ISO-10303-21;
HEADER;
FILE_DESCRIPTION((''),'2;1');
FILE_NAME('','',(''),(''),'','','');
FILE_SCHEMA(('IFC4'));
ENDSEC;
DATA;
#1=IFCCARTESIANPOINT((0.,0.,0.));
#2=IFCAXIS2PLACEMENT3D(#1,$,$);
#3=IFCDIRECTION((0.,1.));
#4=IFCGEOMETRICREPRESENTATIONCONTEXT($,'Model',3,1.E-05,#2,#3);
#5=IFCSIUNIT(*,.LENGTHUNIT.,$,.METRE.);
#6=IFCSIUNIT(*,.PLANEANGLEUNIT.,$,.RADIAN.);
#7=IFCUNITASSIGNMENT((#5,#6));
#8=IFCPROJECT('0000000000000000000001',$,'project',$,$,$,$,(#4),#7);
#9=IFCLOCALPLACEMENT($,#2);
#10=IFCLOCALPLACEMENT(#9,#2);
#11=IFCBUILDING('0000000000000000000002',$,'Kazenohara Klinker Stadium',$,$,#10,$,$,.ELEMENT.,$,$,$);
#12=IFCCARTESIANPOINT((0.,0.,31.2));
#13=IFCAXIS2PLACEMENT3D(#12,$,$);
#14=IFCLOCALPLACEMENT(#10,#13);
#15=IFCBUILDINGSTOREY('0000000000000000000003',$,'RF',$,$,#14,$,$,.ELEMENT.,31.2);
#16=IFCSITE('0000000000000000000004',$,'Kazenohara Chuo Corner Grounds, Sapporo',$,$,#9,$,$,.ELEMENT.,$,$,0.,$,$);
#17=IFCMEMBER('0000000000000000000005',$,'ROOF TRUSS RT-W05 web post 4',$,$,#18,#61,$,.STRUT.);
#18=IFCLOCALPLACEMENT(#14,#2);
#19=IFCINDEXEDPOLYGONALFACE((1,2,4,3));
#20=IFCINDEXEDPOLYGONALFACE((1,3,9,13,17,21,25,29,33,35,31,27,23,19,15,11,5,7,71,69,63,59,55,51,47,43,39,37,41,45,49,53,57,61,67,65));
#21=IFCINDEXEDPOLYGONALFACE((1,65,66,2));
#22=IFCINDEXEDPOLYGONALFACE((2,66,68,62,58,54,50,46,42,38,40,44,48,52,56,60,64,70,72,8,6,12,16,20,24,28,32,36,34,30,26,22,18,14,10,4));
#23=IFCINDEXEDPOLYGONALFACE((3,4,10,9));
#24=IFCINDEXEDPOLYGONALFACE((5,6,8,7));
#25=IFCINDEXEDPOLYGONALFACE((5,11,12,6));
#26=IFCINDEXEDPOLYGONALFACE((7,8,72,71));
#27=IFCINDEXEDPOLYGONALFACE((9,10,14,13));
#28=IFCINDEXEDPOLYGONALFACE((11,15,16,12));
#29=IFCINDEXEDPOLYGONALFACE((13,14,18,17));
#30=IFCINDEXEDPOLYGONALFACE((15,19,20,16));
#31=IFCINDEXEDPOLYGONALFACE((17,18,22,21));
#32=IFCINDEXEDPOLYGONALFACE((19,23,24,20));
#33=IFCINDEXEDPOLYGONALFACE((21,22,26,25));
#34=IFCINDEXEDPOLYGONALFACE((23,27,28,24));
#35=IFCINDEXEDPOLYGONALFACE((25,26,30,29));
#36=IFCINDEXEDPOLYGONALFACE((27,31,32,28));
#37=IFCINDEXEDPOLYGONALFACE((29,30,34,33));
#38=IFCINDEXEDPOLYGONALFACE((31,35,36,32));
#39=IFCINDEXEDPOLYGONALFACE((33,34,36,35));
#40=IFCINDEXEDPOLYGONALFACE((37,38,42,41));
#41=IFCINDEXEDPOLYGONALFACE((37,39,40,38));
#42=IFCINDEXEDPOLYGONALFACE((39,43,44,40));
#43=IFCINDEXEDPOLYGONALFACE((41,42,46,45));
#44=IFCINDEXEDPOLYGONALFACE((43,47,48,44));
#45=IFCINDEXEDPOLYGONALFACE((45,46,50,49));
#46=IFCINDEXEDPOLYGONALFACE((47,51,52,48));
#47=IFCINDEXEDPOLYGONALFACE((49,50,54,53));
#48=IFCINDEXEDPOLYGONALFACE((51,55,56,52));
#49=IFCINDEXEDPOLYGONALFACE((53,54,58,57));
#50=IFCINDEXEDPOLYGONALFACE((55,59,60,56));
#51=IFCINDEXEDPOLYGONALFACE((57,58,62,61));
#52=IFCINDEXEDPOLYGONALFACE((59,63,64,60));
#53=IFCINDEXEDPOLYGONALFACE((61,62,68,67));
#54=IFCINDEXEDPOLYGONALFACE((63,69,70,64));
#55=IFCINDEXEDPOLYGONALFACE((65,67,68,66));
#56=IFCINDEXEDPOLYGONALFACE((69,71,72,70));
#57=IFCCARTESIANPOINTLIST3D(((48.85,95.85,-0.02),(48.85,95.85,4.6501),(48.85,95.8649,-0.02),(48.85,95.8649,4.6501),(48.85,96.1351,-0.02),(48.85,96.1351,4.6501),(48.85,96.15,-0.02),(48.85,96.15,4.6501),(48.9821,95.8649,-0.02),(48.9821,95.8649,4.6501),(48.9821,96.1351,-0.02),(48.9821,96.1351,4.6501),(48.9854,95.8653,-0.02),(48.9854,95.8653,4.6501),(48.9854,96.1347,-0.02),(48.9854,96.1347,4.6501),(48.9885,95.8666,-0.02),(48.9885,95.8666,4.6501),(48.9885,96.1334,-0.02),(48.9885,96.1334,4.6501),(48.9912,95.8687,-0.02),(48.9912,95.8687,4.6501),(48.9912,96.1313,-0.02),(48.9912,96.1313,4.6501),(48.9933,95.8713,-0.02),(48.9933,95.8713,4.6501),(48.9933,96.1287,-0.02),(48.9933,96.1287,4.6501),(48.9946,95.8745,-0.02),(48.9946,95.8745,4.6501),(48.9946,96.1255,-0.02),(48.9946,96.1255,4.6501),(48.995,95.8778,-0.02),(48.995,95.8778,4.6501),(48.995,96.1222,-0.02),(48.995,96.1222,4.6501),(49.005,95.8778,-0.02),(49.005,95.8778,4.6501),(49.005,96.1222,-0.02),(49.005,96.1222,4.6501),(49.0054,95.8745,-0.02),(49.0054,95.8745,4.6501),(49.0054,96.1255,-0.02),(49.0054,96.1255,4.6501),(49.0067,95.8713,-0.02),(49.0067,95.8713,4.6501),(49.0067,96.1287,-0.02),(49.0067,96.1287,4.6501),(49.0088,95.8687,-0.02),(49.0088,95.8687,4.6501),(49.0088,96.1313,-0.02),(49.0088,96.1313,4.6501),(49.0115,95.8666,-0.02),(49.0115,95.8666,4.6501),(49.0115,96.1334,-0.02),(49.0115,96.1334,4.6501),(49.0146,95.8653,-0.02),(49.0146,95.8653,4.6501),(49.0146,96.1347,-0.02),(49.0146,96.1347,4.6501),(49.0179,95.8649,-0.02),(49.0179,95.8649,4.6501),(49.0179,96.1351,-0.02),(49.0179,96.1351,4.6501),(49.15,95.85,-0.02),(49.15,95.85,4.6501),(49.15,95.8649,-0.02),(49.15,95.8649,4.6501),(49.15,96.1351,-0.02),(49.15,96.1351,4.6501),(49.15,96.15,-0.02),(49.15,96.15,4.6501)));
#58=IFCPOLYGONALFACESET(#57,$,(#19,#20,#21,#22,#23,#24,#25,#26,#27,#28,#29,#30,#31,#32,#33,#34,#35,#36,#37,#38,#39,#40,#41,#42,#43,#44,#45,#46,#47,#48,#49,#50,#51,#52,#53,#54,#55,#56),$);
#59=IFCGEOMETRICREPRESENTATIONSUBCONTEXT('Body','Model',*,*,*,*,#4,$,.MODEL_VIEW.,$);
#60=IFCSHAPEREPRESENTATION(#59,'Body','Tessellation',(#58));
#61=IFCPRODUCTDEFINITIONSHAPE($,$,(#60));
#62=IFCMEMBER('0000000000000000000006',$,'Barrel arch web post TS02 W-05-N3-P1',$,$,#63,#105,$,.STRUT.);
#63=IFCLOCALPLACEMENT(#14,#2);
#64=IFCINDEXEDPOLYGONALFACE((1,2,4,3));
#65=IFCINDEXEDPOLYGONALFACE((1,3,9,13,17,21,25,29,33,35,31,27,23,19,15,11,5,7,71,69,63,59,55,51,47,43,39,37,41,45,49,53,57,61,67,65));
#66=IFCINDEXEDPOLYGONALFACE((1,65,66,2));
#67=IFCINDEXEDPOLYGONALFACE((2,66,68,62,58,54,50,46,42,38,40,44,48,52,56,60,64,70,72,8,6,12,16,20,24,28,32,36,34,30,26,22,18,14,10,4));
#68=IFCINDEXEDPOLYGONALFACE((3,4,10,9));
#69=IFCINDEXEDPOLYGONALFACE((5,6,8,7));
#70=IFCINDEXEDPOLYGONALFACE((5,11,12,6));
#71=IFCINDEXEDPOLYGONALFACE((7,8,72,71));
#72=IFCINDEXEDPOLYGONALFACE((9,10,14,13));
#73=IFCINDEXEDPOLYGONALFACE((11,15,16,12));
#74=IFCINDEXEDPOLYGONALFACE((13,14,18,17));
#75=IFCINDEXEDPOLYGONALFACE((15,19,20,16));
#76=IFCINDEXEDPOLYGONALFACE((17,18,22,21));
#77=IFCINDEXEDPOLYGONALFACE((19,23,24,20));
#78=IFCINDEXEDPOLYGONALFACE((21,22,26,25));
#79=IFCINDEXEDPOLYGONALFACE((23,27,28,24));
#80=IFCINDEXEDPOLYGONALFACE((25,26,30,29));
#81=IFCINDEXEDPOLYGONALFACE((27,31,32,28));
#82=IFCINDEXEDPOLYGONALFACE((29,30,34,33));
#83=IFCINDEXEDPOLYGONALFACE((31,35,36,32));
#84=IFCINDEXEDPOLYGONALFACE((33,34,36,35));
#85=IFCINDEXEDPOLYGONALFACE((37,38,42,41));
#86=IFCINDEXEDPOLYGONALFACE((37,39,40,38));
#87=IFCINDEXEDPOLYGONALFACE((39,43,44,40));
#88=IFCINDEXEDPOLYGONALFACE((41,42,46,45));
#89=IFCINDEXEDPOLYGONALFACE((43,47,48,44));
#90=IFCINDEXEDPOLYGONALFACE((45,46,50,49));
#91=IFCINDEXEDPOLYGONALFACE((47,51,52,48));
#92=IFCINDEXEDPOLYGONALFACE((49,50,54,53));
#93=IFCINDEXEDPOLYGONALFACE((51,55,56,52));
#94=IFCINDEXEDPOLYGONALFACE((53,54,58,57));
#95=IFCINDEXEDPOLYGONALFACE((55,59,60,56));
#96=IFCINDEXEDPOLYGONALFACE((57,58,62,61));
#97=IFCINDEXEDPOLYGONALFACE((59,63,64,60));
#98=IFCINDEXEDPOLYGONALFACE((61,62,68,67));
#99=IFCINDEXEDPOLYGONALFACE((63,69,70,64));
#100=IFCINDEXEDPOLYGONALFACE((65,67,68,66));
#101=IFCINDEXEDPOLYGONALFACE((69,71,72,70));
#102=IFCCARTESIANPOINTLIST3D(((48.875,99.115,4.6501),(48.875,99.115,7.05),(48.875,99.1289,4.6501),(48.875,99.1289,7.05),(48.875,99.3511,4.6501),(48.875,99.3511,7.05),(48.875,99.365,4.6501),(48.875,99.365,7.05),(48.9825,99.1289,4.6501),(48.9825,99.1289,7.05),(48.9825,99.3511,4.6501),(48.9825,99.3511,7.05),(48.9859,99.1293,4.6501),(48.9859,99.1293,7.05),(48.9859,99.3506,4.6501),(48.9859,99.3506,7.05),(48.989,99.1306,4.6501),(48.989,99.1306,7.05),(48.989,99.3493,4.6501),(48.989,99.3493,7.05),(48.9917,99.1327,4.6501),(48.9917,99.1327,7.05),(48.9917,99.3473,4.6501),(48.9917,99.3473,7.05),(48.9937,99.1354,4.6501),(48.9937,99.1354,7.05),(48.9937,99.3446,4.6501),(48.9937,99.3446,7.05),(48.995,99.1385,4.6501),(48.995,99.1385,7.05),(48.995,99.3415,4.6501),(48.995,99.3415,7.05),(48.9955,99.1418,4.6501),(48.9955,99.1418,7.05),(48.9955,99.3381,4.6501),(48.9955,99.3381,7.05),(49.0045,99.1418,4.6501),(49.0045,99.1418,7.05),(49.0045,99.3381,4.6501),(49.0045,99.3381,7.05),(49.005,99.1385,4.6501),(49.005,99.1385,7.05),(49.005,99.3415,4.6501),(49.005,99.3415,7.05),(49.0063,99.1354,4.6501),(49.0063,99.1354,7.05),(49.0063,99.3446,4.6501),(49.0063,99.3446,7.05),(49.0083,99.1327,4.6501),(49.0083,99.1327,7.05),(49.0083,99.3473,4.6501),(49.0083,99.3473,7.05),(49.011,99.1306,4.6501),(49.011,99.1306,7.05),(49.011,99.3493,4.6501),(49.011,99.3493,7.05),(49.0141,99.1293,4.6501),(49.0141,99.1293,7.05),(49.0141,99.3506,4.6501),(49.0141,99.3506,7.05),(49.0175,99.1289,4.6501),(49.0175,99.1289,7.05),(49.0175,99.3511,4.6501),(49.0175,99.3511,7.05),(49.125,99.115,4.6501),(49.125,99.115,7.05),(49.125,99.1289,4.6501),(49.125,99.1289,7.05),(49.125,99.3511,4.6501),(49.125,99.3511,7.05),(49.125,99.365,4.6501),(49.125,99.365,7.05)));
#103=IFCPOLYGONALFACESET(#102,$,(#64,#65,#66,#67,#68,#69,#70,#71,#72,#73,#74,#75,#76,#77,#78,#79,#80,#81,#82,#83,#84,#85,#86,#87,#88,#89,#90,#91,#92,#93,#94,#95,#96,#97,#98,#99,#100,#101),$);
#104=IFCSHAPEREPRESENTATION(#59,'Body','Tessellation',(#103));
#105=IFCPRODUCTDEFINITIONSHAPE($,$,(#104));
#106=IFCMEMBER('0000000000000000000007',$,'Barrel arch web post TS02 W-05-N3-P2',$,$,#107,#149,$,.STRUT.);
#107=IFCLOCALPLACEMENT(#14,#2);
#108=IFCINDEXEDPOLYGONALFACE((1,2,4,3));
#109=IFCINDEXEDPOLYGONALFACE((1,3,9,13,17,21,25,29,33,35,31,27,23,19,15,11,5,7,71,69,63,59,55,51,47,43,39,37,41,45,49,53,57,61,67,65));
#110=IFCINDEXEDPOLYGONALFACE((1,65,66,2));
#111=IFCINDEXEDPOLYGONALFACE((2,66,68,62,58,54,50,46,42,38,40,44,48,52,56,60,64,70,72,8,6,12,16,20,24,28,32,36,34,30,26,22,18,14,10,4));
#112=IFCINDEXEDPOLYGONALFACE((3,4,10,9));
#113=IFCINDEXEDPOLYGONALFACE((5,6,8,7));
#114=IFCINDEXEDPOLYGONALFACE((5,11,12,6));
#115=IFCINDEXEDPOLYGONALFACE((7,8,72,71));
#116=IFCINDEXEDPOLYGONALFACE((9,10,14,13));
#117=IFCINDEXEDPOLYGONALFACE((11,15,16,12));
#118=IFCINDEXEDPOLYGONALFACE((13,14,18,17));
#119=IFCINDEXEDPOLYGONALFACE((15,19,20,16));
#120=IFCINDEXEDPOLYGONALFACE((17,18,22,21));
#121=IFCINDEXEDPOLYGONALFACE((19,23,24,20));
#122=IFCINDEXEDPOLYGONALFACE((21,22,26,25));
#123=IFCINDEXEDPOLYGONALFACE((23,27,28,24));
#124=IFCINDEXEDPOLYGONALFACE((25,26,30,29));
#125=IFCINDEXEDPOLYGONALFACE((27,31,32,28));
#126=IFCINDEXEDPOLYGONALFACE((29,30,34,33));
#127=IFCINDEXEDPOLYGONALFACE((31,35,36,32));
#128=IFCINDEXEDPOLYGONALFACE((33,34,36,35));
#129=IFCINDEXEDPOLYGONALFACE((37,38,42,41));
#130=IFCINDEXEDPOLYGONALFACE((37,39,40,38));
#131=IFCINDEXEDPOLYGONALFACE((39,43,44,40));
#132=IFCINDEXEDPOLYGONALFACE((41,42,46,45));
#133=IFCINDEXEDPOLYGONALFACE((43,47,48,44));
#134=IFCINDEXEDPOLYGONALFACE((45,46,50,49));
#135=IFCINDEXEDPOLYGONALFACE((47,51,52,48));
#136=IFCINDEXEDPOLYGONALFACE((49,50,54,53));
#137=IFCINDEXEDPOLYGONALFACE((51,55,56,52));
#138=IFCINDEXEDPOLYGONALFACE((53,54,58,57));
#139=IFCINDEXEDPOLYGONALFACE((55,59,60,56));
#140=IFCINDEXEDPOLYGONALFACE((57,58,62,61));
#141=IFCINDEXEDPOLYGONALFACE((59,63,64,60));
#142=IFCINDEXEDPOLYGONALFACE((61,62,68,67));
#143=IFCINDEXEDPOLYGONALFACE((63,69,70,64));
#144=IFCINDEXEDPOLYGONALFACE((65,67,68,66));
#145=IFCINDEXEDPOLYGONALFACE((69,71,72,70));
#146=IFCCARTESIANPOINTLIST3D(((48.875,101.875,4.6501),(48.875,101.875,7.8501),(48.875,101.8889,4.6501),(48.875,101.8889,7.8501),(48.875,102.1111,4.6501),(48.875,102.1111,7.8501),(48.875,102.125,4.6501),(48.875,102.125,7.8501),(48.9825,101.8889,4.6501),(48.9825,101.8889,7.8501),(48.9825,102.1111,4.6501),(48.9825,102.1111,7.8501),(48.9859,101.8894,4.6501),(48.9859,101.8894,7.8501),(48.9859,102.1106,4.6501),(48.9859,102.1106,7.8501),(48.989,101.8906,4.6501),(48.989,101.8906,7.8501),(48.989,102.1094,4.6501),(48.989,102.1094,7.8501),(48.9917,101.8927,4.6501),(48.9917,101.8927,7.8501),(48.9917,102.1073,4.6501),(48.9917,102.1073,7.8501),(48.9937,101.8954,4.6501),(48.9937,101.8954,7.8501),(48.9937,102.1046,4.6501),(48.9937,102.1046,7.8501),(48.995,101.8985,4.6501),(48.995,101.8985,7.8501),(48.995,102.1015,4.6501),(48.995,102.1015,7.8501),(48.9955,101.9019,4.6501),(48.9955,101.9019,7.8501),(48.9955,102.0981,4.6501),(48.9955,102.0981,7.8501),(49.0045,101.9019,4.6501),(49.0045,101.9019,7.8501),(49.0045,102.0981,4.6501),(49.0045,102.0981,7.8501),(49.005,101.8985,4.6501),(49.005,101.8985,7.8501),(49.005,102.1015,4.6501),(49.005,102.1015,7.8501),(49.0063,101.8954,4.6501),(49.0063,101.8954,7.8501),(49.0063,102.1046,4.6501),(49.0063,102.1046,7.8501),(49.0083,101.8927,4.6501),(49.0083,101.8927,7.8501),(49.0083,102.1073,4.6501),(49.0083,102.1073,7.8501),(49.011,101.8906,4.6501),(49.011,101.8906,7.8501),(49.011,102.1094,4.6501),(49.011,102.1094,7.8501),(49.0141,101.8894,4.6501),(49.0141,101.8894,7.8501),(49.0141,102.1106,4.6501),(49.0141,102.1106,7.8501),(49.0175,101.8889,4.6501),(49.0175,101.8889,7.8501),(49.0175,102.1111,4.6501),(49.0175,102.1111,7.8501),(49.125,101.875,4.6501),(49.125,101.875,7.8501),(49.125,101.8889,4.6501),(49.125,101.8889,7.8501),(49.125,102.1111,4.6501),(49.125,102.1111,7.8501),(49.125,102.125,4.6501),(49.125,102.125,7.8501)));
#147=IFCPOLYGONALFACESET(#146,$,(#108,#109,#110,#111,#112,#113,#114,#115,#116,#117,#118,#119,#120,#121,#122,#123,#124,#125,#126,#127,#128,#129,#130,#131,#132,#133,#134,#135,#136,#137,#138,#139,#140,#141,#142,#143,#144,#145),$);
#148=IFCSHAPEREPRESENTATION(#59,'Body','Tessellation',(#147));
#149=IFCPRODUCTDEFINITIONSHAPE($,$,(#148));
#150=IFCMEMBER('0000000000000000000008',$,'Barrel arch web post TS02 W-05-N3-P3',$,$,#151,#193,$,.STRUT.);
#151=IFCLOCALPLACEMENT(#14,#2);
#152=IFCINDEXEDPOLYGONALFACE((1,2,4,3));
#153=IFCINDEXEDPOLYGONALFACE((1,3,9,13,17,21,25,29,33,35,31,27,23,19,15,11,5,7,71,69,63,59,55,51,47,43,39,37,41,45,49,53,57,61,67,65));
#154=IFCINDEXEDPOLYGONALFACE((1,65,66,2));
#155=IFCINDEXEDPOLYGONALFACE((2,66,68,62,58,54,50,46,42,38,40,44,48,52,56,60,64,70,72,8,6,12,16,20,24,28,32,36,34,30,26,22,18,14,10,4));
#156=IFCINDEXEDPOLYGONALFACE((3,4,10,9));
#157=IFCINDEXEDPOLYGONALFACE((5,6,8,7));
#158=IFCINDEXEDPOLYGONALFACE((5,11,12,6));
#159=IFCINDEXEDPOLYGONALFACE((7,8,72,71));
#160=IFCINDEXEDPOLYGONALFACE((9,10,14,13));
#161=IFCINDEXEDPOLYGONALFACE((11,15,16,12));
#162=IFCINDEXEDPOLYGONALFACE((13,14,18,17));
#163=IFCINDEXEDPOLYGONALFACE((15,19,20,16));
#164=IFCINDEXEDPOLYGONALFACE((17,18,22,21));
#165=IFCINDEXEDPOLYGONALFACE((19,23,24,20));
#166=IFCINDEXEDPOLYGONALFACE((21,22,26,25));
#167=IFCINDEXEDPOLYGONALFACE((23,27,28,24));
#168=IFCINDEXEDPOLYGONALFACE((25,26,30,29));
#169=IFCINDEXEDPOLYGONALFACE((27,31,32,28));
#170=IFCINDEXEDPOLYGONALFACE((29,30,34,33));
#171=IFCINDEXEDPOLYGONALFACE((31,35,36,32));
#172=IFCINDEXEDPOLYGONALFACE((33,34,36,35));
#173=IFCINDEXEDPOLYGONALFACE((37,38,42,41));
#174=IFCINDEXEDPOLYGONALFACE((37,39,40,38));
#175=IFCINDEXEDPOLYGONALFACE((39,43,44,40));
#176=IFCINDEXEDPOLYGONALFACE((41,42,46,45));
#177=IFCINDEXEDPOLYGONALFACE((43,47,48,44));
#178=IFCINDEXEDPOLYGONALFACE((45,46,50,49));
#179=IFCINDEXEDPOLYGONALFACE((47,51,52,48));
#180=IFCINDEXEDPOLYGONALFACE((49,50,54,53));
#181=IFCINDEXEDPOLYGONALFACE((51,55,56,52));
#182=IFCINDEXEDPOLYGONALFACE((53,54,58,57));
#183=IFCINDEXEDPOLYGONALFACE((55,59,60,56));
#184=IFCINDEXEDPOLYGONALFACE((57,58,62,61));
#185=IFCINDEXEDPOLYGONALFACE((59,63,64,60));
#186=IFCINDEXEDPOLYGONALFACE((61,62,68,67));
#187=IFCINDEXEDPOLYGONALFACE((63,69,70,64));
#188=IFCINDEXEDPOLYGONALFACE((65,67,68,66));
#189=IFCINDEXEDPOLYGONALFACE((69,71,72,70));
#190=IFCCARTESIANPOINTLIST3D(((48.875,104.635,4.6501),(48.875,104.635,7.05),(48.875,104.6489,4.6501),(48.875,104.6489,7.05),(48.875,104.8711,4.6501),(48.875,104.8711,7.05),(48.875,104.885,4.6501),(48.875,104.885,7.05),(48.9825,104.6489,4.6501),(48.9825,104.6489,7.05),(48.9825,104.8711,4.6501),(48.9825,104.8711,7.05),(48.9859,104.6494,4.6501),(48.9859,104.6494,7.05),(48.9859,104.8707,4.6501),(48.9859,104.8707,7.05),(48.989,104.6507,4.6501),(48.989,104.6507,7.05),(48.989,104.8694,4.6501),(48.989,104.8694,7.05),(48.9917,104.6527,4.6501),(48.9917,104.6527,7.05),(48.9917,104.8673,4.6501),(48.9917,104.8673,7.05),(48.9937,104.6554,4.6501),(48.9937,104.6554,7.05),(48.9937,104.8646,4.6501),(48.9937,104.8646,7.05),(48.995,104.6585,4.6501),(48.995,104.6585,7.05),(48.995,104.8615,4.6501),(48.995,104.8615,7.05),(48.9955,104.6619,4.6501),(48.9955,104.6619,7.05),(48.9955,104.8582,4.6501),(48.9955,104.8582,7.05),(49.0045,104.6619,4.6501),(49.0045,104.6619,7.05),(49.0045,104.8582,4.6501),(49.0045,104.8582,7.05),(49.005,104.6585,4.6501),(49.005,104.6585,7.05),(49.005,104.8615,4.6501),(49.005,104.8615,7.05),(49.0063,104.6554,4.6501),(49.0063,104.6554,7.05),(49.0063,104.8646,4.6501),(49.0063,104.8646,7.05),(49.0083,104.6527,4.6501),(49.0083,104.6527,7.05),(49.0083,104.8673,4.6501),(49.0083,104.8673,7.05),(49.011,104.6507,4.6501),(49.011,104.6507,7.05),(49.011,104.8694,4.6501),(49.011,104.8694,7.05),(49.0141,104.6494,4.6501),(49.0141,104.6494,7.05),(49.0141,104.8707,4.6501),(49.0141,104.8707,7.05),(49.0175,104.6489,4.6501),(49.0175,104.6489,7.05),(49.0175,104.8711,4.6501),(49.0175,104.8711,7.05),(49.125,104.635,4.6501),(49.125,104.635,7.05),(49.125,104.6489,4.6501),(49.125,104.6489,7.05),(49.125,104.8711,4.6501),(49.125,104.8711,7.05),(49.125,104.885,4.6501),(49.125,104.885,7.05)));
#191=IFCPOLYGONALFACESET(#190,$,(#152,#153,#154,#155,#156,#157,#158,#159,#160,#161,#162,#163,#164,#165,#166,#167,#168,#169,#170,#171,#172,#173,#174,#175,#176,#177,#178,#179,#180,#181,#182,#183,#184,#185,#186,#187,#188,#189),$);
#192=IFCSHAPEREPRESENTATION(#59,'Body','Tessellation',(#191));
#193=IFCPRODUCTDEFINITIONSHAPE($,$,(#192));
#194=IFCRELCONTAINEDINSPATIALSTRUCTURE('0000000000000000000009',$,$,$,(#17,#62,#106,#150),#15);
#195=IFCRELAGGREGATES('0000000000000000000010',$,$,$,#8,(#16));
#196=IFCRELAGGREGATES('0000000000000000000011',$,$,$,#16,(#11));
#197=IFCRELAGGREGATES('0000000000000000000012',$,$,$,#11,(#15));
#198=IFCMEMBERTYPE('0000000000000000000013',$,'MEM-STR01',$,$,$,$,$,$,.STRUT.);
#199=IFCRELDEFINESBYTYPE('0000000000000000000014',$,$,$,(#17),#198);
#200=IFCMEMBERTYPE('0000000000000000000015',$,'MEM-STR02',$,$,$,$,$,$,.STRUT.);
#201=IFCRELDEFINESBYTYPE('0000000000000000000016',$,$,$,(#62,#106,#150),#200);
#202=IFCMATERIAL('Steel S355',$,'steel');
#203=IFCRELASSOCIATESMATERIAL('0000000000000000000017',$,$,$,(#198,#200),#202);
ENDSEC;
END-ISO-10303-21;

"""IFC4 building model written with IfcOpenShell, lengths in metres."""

from ifc_helpers import new_model, si_unit, direction, frame, origin, origin_2d, place, context, subcontext, project, spatial, i_section, extrude, material, material_profile, profile_set, type_object, element, save


model = new_model("IFC4")

# Units and contexts
model_context = context("Model", 3, precision=1e-05, world=origin(), true_north=direction((0.0, 1.0)))
body_context = subcontext(model_context, "Body", "Model", "MODEL_VIEW")
ifc_project = project(units=[si_unit("LENGTHUNIT", "METRE"), si_unit("PLANEANGLEUNIT", "RADIAN")], contexts=[model_context])

# Site, building, storey
site_placement = place(None, origin())
site = spatial("IfcSite", under=ifc_project, at=site_placement, Name="Kazenohara Chuo Corner Grounds, Sapporo", CompositionType="ELEMENT", RefElevation=0.0)
building_placement = place(site_placement, origin())
building = spatial("IfcBuilding", under=site, at=building_placement, Name="Kazenohara Klinker Stadium", CompositionType="ELEMENT")
storey_placement = place(building_placement, frame((0.0, 0.0, 31.2)))
storey = spatial("IfcBuildingStorey", under=building, at=storey_placement, Name="RF", CompositionType="ELEMENT", Elevation=31.2)

# Members
ifc_material_1 = material(Name="Steel S355", Category="steel")
ifc_material_profile_1 = material_profile(ifc_material_1, i_section(OverallWidth=0.3, OverallDepth=0.3, WebThickness=0.01, FlangeThickness=0.0149, FilletRadius=0.0129, at=origin_2d()), Name="H-300x300x10x15")
ifc_profile_set_1 = profile_set([ifc_material_profile_1], Name="Steel S355")
member_type_1 = type_object("IfcMemberType", Name="MEM-STR01", PredefinedType="STRUT", material=ifc_profile_set_1)
member_1_placement = place(storey_placement, frame((49.0, 96.0, -0.02), z_axis=(0.0, 0.0, 1.0), x_axis=(1.0, 0.0, 0.0)))
element("IfcMember", 1, at=member_1_placement, inside=storey, type_object=member_type_1, Name="ROOF TRUSS RT-W05 web post 4", PredefinedType="STRUT", context=body_context, shape_type="SweptSolid", body=[
    extrude(i_section(OverallWidth=0.3, OverallDepth=0.3, WebThickness=0.01, FlangeThickness=0.0149, FilletRadius=0.0129, at=origin_2d()), origin(), (0.0, 0.0, 1.0), 4.6702),
])
ifc_material_profile_2 = material_profile(ifc_material_1, i_section(OverallWidth=0.25, OverallDepth=0.25, WebThickness=0.009, FlangeThickness=0.0139, FilletRadius=0.0129, at=origin_2d()), Name="H-250x250x9x14")
ifc_profile_set_2 = profile_set([ifc_material_profile_2], Name="Steel S355")
member_type_2 = type_object("IfcMemberType", Name="MEM-STR02", PredefinedType="STRUT", material=ifc_profile_set_2)
member_2_placement = place(storey_placement, frame((49.0, 99.24, 4.6501), z_axis=(0.0, 0.0, 1.0), x_axis=(1.0, 0.0, 0.0)))
element("IfcMember", 2, at=member_2_placement, inside=storey, type_object=member_type_2, Name="Barrel arch web post TS02 W-05-N3-P1", PredefinedType="STRUT", context=body_context, shape_type="SweptSolid", body=[
    extrude(i_section(OverallWidth=0.25, OverallDepth=0.25, WebThickness=0.009, FlangeThickness=0.0139, FilletRadius=0.0129, at=origin_2d()), origin(), (0.0, 0.0, 1.0), 2.3999),
])
member_3_placement = place(storey_placement, frame((49.0, 102.0, 4.6501), z_axis=(0.0, 0.0, 1.0), x_axis=(1.0, 0.0, 0.0)))
element("IfcMember", 3, at=member_3_placement, inside=storey, type_object=member_type_2, Name="Barrel arch web post TS02 W-05-N3-P2", PredefinedType="STRUT", context=body_context, shape_type="SweptSolid", body=[
    extrude(i_section(OverallWidth=0.25, OverallDepth=0.25, WebThickness=0.009, FlangeThickness=0.0139, FilletRadius=0.0129, at=origin_2d()), origin(), (0.0, 0.0, 1.0), 3.2),
])
member_4_placement = place(storey_placement, frame((49.0, 104.76, 4.6501), z_axis=(0.0, 0.0, 1.0), x_axis=(1.0, 0.0, 0.0)))
element("IfcMember", 4, at=member_4_placement, inside=storey, type_object=member_type_2, Name="Barrel arch web post TS02 W-05-N3-P3", PredefinedType="STRUT", context=body_context, shape_type="SweptSolid", body=[
    extrude(i_section(OverallWidth=0.25, OverallDepth=0.25, WebThickness=0.009, FlangeThickness=0.0139, FilletRadius=0.0129, at=origin_2d()), origin(), (0.0, 0.0, 1.0), 2.3999),
])

save(model, "model.ifc")
